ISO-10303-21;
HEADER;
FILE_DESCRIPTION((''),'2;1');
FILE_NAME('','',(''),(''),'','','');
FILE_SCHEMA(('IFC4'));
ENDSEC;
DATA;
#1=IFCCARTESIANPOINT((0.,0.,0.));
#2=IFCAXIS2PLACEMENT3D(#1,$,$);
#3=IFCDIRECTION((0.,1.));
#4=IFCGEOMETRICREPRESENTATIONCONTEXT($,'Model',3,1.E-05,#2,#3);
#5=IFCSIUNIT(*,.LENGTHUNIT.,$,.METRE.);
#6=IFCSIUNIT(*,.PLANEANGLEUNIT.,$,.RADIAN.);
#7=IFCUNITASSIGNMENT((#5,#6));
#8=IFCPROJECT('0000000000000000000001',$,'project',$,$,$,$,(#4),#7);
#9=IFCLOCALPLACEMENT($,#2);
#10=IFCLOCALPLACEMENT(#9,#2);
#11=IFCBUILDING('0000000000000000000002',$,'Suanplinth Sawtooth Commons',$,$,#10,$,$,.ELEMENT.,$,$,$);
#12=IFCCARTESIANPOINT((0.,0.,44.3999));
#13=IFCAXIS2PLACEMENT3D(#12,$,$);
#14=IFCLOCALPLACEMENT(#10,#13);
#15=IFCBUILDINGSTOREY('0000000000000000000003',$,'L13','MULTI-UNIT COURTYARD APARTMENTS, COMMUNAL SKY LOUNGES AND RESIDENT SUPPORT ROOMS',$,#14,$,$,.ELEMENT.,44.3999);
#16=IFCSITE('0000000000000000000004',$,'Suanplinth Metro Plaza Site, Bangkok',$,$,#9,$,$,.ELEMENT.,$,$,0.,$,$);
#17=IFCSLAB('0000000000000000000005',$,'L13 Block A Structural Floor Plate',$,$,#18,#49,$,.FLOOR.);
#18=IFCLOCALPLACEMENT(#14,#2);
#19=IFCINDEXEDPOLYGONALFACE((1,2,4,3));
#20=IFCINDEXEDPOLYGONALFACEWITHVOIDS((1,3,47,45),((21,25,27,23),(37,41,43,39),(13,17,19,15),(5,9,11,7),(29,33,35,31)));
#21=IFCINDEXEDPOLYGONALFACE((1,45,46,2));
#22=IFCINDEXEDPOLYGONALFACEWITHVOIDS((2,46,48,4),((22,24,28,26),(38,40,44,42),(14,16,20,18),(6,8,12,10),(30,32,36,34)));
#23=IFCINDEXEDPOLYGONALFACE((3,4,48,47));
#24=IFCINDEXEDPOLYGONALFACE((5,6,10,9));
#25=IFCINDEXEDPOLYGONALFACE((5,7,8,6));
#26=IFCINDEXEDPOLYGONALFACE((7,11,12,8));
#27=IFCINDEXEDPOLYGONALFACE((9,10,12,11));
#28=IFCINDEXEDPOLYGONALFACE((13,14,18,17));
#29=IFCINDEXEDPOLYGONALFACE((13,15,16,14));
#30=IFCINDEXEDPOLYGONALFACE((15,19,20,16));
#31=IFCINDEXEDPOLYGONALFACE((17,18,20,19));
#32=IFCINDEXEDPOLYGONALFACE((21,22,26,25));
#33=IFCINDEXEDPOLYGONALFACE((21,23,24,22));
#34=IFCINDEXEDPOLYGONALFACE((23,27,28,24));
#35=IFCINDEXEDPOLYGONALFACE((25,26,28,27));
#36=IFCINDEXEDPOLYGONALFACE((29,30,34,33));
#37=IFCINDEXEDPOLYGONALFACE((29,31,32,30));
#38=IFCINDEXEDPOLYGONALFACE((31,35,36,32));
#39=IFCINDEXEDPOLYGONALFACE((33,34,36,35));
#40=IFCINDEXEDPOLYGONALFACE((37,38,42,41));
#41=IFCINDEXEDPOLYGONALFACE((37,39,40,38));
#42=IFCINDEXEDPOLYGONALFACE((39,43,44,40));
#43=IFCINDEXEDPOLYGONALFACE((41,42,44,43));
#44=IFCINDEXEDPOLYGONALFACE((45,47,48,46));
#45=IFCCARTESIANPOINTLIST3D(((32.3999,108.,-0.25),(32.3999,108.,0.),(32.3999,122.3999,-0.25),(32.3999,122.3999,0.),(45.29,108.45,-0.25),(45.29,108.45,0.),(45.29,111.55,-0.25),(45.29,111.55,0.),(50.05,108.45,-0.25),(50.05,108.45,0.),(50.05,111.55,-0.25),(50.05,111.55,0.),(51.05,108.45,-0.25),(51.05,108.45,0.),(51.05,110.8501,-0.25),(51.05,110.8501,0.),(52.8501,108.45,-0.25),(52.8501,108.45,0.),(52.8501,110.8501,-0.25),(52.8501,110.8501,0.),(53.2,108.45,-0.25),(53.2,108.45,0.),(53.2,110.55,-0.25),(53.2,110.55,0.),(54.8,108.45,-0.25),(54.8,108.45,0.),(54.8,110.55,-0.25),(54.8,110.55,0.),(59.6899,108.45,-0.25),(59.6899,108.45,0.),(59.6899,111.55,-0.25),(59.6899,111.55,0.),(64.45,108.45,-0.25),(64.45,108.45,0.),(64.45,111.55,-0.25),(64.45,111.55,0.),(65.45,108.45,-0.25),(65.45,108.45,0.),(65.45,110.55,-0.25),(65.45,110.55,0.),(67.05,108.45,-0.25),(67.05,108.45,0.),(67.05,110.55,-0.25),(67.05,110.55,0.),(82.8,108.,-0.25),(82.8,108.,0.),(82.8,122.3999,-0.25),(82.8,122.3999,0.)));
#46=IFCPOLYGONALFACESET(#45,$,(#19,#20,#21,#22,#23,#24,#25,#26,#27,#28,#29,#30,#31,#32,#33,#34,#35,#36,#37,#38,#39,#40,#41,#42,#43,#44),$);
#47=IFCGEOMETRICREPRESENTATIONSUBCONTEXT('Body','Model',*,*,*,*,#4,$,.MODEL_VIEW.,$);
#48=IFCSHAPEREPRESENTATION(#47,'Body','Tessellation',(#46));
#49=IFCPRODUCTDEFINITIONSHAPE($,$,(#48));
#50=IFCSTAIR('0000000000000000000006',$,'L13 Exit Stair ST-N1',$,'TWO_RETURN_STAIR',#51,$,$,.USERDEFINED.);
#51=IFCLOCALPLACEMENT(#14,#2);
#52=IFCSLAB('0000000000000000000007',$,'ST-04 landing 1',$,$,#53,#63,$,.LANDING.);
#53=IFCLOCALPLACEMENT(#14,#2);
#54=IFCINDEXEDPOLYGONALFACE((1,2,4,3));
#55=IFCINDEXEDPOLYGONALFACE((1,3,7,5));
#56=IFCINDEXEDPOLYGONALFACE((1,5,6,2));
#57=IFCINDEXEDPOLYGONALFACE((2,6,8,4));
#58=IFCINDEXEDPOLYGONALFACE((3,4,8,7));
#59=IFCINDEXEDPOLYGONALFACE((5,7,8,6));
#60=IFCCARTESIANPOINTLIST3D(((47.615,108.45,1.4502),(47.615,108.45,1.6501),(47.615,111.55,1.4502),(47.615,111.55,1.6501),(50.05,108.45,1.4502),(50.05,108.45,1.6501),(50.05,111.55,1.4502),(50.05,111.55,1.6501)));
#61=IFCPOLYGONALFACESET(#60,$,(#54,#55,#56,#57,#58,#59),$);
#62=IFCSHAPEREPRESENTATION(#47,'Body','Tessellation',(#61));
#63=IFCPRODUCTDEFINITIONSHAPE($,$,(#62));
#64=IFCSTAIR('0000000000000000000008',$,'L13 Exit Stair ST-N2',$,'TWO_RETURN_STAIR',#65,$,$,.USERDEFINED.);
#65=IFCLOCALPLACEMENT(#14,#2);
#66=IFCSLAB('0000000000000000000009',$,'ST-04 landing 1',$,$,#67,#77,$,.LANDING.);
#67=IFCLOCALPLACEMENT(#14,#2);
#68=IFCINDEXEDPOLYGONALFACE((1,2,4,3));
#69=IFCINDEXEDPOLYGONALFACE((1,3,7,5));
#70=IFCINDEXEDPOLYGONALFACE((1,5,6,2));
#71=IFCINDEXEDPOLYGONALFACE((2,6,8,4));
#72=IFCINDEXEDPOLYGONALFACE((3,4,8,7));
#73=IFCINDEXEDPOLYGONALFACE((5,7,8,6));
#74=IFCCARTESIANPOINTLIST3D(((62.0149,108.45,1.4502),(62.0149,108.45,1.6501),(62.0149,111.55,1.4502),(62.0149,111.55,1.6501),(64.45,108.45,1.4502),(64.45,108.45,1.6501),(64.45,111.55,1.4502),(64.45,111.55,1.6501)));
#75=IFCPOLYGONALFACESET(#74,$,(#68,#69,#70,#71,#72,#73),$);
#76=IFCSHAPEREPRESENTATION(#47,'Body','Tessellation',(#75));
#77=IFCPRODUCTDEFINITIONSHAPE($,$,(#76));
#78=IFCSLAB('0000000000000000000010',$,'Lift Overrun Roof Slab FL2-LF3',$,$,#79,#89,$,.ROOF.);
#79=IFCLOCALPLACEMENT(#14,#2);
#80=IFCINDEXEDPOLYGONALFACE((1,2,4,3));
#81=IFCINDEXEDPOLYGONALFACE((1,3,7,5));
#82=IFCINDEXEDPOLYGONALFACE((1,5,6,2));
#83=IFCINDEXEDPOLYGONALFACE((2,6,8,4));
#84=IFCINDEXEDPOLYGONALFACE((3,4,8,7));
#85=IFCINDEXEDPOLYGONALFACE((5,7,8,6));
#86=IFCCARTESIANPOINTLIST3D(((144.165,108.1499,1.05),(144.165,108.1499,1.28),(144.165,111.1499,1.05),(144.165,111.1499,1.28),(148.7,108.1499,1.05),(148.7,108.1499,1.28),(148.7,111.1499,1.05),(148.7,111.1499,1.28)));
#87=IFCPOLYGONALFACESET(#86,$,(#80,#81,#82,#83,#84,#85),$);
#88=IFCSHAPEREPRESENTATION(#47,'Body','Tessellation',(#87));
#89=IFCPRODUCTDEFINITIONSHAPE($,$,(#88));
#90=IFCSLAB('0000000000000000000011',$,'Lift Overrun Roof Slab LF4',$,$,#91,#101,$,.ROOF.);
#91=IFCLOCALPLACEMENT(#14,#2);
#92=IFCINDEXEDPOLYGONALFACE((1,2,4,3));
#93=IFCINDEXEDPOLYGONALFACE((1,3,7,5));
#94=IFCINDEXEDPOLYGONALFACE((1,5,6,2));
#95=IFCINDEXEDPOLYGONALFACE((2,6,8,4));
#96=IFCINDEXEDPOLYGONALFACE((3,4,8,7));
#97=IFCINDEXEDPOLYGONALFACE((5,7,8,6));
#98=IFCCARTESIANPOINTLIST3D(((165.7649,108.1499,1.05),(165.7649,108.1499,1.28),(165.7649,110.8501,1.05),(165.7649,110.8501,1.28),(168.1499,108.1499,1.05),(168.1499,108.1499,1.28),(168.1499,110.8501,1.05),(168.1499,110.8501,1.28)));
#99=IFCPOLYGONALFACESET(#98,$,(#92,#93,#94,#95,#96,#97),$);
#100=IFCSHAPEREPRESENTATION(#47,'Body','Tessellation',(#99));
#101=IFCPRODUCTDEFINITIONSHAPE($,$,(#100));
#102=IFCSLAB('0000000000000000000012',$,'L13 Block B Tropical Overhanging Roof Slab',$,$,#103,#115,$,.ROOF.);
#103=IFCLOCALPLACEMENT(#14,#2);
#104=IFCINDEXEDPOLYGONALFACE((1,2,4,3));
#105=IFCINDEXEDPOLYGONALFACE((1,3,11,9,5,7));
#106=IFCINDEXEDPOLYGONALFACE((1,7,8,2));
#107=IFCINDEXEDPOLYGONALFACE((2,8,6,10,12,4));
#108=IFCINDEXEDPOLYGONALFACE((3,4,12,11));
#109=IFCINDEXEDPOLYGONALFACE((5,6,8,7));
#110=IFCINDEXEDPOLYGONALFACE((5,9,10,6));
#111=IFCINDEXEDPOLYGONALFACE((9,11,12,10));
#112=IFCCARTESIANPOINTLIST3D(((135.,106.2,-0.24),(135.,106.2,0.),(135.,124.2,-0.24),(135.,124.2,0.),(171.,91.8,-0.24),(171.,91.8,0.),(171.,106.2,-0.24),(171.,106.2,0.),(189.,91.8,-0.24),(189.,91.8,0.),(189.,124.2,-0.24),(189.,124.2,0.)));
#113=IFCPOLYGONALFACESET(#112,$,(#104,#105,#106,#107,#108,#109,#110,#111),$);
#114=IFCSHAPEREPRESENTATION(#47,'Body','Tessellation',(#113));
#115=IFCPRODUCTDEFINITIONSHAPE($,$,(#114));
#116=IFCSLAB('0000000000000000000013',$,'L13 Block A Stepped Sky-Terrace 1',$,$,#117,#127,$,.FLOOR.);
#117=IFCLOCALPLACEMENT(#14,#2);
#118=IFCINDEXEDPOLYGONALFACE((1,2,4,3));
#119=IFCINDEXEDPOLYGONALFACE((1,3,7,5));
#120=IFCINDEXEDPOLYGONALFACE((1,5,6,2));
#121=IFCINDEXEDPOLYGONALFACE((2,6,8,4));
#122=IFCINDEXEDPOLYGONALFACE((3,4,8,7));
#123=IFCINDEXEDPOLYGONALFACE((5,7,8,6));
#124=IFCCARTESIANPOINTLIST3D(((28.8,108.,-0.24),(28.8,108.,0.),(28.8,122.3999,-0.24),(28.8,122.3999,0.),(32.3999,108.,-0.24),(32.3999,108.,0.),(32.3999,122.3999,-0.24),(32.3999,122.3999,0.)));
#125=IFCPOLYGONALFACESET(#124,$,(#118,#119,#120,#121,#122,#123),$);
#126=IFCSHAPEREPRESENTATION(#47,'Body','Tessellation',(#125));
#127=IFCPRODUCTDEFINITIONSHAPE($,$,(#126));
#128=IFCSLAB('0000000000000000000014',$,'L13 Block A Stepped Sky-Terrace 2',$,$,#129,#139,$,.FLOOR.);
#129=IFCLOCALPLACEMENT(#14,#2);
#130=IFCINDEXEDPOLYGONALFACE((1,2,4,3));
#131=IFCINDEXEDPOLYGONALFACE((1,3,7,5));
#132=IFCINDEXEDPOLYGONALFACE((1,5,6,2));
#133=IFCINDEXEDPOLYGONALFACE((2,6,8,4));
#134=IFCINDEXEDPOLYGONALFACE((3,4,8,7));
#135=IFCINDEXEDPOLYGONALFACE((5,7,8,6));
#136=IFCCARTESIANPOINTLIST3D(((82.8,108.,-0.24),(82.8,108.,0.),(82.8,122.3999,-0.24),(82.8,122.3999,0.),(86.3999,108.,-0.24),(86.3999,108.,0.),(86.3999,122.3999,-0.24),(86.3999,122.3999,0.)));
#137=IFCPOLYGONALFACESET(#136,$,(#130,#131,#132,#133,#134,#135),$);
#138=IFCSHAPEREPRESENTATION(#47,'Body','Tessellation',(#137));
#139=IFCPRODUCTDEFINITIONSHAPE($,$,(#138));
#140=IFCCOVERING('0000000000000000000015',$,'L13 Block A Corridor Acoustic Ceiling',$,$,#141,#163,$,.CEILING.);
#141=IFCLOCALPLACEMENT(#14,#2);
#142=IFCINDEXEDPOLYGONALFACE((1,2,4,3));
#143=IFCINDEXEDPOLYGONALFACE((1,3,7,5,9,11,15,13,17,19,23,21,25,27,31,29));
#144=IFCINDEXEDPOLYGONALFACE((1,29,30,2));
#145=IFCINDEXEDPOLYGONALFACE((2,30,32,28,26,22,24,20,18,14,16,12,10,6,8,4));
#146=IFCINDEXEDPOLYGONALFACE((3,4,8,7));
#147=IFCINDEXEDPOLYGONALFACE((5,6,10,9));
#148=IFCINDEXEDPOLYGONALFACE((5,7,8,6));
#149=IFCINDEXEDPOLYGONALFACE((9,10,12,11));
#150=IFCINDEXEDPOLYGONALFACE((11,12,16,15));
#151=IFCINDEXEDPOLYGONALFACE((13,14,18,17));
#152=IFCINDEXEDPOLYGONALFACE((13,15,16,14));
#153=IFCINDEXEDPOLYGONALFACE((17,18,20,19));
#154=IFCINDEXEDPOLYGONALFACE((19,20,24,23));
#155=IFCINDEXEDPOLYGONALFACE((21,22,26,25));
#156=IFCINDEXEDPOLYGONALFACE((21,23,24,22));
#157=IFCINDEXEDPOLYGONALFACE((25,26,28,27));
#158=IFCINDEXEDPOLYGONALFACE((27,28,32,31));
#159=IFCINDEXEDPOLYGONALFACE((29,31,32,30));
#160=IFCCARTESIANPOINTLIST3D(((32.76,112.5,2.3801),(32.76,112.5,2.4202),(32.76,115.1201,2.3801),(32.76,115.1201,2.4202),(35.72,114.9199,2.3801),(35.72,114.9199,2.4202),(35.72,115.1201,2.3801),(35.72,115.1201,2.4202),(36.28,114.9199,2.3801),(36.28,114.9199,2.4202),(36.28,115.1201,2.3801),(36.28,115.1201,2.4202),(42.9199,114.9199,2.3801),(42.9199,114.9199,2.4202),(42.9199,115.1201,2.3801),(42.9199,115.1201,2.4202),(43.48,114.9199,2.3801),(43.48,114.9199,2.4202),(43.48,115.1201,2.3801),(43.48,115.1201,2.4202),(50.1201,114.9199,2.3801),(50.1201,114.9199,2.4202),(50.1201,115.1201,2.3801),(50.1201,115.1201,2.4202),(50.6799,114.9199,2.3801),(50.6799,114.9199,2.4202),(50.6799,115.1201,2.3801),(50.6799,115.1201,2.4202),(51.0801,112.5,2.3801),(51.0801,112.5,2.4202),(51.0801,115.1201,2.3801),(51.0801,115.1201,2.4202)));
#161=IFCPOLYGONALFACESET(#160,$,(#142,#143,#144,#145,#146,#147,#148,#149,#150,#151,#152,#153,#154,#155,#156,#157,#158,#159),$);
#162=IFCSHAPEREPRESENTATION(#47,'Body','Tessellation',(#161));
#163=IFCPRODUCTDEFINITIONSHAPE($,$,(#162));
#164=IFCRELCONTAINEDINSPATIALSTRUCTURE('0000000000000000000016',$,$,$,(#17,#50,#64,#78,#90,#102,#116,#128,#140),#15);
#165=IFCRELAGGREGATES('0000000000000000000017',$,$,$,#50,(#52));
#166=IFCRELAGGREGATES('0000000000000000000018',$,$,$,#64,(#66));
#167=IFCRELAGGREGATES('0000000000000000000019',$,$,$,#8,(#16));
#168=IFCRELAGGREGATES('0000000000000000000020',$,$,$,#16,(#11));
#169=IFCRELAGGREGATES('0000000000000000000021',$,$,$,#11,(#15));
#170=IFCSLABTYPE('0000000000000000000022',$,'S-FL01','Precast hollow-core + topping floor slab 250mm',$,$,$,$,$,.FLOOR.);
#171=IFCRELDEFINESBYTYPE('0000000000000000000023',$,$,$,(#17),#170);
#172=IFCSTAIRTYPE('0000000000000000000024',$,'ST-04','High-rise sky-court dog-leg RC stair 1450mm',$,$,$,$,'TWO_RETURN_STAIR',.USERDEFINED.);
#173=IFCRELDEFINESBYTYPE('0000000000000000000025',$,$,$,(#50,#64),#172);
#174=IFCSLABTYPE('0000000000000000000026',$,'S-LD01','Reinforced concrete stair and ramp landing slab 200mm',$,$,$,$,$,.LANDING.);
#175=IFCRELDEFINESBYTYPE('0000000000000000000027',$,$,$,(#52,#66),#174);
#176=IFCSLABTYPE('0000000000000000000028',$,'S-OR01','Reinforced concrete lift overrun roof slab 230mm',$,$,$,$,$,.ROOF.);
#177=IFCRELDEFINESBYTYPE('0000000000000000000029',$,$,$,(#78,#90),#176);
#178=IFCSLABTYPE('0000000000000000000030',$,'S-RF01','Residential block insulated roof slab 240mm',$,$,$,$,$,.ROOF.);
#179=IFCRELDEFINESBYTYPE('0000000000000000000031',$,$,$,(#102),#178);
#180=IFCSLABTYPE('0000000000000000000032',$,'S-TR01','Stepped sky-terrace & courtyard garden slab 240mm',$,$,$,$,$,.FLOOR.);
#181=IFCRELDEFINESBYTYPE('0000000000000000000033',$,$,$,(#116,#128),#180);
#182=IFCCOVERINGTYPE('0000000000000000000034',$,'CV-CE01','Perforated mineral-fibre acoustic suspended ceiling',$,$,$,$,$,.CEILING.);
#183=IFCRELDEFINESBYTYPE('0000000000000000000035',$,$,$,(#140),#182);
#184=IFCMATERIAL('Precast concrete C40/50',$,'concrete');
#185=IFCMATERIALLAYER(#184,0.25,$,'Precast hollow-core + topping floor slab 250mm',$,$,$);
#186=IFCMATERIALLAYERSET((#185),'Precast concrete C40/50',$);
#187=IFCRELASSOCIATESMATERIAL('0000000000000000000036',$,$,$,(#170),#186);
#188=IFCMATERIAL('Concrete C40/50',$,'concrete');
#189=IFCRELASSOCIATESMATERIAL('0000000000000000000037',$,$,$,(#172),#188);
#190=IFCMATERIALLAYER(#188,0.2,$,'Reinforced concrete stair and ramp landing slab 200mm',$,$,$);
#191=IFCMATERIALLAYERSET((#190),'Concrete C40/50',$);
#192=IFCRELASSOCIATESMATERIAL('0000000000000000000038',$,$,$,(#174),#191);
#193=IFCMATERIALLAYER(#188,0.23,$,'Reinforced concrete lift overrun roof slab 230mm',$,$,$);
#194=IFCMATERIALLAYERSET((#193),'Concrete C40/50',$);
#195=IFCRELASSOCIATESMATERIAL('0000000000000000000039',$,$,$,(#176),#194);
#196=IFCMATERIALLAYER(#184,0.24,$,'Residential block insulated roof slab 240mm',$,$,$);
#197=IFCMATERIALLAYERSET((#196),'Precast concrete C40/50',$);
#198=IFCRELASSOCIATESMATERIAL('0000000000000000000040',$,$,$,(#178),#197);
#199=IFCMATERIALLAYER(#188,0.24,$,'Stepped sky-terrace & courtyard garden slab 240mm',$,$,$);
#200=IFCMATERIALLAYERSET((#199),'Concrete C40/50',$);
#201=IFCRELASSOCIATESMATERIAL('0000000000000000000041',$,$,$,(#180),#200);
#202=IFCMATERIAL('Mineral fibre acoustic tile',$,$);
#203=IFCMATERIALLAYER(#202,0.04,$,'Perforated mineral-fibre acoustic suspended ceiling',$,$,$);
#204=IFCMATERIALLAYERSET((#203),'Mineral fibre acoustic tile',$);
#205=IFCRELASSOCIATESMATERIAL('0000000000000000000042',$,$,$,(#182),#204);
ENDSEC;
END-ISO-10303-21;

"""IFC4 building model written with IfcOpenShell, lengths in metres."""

from ifc_helpers import new_model, si_unit, direction, frame, origin, place, context, subcontext, project, spatial, polyline, outline, extrude, material, layer, layer_set, type_object, element, aggregate, save


model = new_model("IFC4")

# Units and contexts
model_context = context("Model", 3, precision=1e-05, world=origin(), true_north=direction((0.0, 1.0)))
body_context = subcontext(model_context, "Body", "Model", "MODEL_VIEW")
ifc_project = project(units=[si_unit("LENGTHUNIT", "METRE"), si_unit("PLANEANGLEUNIT", "RADIAN")], contexts=[model_context])

# Site, building, storey
site_placement = place(None, origin())
site = spatial("IfcSite", under=ifc_project, at=site_placement, Name="Suanplinth Metro Plaza Site, Bangkok", CompositionType="ELEMENT", RefElevation=0.0)
building_placement = place(site_placement, origin())
building = spatial("IfcBuilding", under=site, at=building_placement, Name="Suanplinth Sawtooth Commons", CompositionType="ELEMENT")
storey_placement = place(building_placement, frame((0.0, 0.0, 44.3999)))
storey = spatial("IfcBuildingStorey", under=building, at=storey_placement, Name="L13", Description="MULTI-UNIT COURTYARD APARTMENTS, COMMUNAL SKY LOUNGES AND RESIDENT SUPPORT ROOMS", CompositionType="ELEMENT", Elevation=44.3999)

# Shared definitions
ifc_material_1 = material(Name="Precast concrete C40/50", Category="concrete")

# Slab
ifc_layer_1 = layer(ifc_material_1, 0.25, Name="Precast hollow-core + topping floor slab 250mm")
ifc_layer_set_1 = layer_set([ifc_layer_1], Name="Precast concrete C40/50")
slab_type_1 = type_object("IfcSlabType", Name="S-FL01", Description="Precast hollow-core + topping floor slab 250mm", PredefinedType="FLOOR", material=ifc_layer_set_1)
slab_1_placement = place(storey_placement, frame((0.0, 0.0, -0.25)))
element("IfcSlab", 1, at=slab_1_placement, inside=storey, type_object=slab_type_1, Name="L13 Block A Structural Floor Plate", PredefinedType="FLOOR", context=body_context, shape_type="SweptSolid", body=[
    extrude(outline(polyline([(32.3999, 108.0), (82.8, 108.0), (82.8, 122.3999), (32.3999, 122.3999), (32.3999, 108.0)]), holes=[polyline([(45.29, 108.45), (50.05, 108.45), (50.05, 111.55), (45.29, 111.55), (45.29, 108.45)]), polyline([(51.05, 108.45), (52.8501, 108.45), (52.8501, 110.8501), (51.05, 110.8501), (51.05, 108.45)]), polyline([(53.2, 108.45), (54.8, 108.45), (54.8, 110.55), (53.2, 110.55), (53.2, 108.45)]), polyline([(59.6899, 108.45), (64.45, 108.45), (64.45, 111.55), (59.6899, 111.55), (59.6899, 108.45)]), polyline([(65.45, 108.45), (67.05, 108.45), (67.05, 110.55), (65.45, 110.55), (65.45, 108.45)])]), origin(), (0.0, 0.0, 1.0), 0.25),
])

# Stairs, slabs
ifc_material_2 = material(Name="Concrete C40/50", Category="concrete")
stair_type = type_object("IfcStairType", Name="ST-04", Description="High-rise sky-court dog-leg RC stair 1450mm", ElementType="TWO_RETURN_STAIR", PredefinedType="USERDEFINED", material=ifc_material_2)
stair_1_placement = place(storey_placement, origin())
stair_1 = element("IfcStair", 2, at=stair_1_placement, inside=storey, type_object=stair_type, Name="L13 Exit Stair ST-N1", ObjectType="TWO_RETURN_STAIR", PredefinedType="USERDEFINED")
ifc_layer_2 = layer(ifc_material_2, 0.2, Name="Reinforced concrete stair and ramp landing slab 200mm")
ifc_layer_set_2 = layer_set([ifc_layer_2], Name="Concrete C40/50")
slab_type_2 = type_object("IfcSlabType", Name="S-LD01", Description="Reinforced concrete stair and ramp landing slab 200mm", PredefinedType="LANDING", material=ifc_layer_set_2)
slab_2_placement = place(storey_placement, frame((0.0, 0.0, 1.4502)))
slab_2 = element("IfcSlab", 3, at=slab_2_placement, type_object=slab_type_2, Name="ST-04 landing 1", PredefinedType="LANDING", context=body_context, shape_type="SweptSolid", body=[
    extrude(outline(polyline([(47.615, 108.45), (50.05, 108.45), (50.05, 111.55), (47.615, 111.55), (47.615, 108.45)])), origin(), (0.0, 0.0, 1.0), 0.2),
])
aggregate(stair_1, [slab_2])
stair_2_placement = place(storey_placement, origin())
stair_2 = element("IfcStair", 4, at=stair_2_placement, inside=storey, type_object=stair_type, Name="L13 Exit Stair ST-N2", ObjectType="TWO_RETURN_STAIR", PredefinedType="USERDEFINED")
slab_3_placement = place(storey_placement, frame((0.0, 0.0, 1.4502)))
slab_3 = element("IfcSlab", 5, at=slab_3_placement, type_object=slab_type_2, Name="ST-04 landing 1", PredefinedType="LANDING", context=body_context, shape_type="SweptSolid", body=[
    extrude(outline(polyline([(62.0149, 108.45), (64.45, 108.45), (64.45, 111.55), (62.0149, 111.55), (62.0149, 108.45)])), origin(), (0.0, 0.0, 1.0), 0.2),
])
aggregate(stair_2, [slab_3])

# Slabs
ifc_layer_3 = layer(ifc_material_2, 0.23, Name="Reinforced concrete lift overrun roof slab 230mm")
ifc_layer_set_3 = layer_set([ifc_layer_3], Name="Concrete C40/50")
slab_type_3 = type_object("IfcSlabType", Name="S-OR01", Description="Reinforced concrete lift overrun roof slab 230mm", PredefinedType="ROOF", material=ifc_layer_set_3)
slab_4_placement = place(storey_placement, frame((0.0, 0.0, 1.05)))
element("IfcSlab", 6, at=slab_4_placement, inside=storey, type_object=slab_type_3, Name="Lift Overrun Roof Slab FL2-LF3", PredefinedType="ROOF", context=body_context, shape_type="SweptSolid", body=[
    extrude(outline(polyline([(144.165, 108.1499), (148.7, 108.1499), (148.7, 111.1499), (144.165, 111.1499), (144.165, 108.1499)])), origin(), (0.0, 0.0, 1.0), 0.23),
])
slab_5_placement = place(storey_placement, frame((0.0, 0.0, 1.05)))
element("IfcSlab", 7, at=slab_5_placement, inside=storey, type_object=slab_type_3, Name="Lift Overrun Roof Slab LF4", PredefinedType="ROOF", context=body_context, shape_type="SweptSolid", body=[
    extrude(outline(polyline([(165.7649, 108.1499), (168.1499, 108.1499), (168.1499, 110.8501), (165.7649, 110.8501), (165.7649, 108.1499)])), origin(), (0.0, 0.0, 1.0), 0.23),
])
ifc_layer_4 = layer(ifc_material_1, 0.24, Name="Residential block insulated roof slab 240mm")
ifc_layer_set_4 = layer_set([ifc_layer_4], Name="Precast concrete C40/50")
slab_type_4 = type_object("IfcSlabType", Name="S-RF01", Description="Residential block insulated roof slab 240mm", PredefinedType="ROOF", material=ifc_layer_set_4)
slab_6_placement = place(storey_placement, frame((0.0, 0.0, -0.24)))
element("IfcSlab", 8, at=slab_6_placement, inside=storey, type_object=slab_type_4, Name="L13 Block B Tropical Overhanging Roof Slab", PredefinedType="ROOF", context=body_context, shape_type="SweptSolid", body=[
    extrude(outline(polyline([(171.0, 106.2), (135.0, 106.2), (135.0, 124.2), (189.0, 124.2), (189.0, 91.8), (171.0, 91.8), (171.0, 106.2)])), origin(), (0.0, 0.0, 1.0), 0.24),
])
ifc_layer_5 = layer(ifc_material_2, 0.24, Name="Stepped sky-terrace & courtyard garden slab 240mm")
ifc_layer_set_5 = layer_set([ifc_layer_5], Name="Concrete C40/50")
slab_type_5 = type_object("IfcSlabType", Name="S-TR01", Description="Stepped sky-terrace & courtyard garden slab 240mm", PredefinedType="FLOOR", material=ifc_layer_set_5)
slab_7_placement = place(storey_placement, frame((0.0, 0.0, -0.24)))
element("IfcSlab", 9, at=slab_7_placement, inside=storey, type_object=slab_type_5, Name="L13 Block A Stepped Sky-Terrace 1", PredefinedType="FLOOR", context=body_context, shape_type="SweptSolid", body=[
    extrude(outline(polyline([(28.8, 108.0), (28.8, 122.3999), (32.3999, 122.3999), (32.3999, 108.0), (28.8, 108.0)])), origin(), (0.0, 0.0, 1.0), 0.24),
])
slab_8_placement = place(storey_placement, frame((0.0, 0.0, -0.24)))
element("IfcSlab", 10, at=slab_8_placement, inside=storey, type_object=slab_type_5, Name="L13 Block A Stepped Sky-Terrace 2", PredefinedType="FLOOR", context=body_context, shape_type="SweptSolid", body=[
    extrude(outline(polyline([(86.3999, 122.3999), (86.3999, 108.0), (82.8, 108.0), (82.8, 122.3999), (86.3999, 122.3999)])), origin(), (0.0, 0.0, 1.0), 0.24),
])

# Covering
ifc_material_3 = material(Name="Mineral fibre acoustic tile")
ifc_layer_6 = layer(ifc_material_3, 0.04, Name="Perforated mineral-fibre acoustic suspended ceiling")
ifc_layer_set_6 = layer_set([ifc_layer_6], Name="Mineral fibre acoustic tile")
covering_type = type_object("IfcCoveringType", Name="CV-CE01", Description="Perforated mineral-fibre acoustic suspended ceiling", PredefinedType="CEILING", material=ifc_layer_set_6)
covering_placement = place(storey_placement, frame((0.0, 0.0, 2.3801)))
element("IfcCovering", 11, at=covering_placement, inside=storey, type_object=covering_type, Name="L13 Block A Corridor Acoustic Ceiling", PredefinedType="CEILING", context=body_context, shape_type="SweptSolid", body=[
    extrude(outline(polyline([(32.76, 112.5), (32.76, 115.1201), (35.72, 115.1201), (35.72, 114.9199), (36.28, 114.9199), (36.28, 115.1201), (42.9199, 115.1201), (42.9199, 114.9199), (43.48, 114.9199), (43.48, 115.1201), (50.1201, 115.1201), (50.1201, 114.9199), (50.6799, 114.9199), (50.6799, 115.1201), (51.0801, 115.1201), (51.0801, 112.5), (32.76, 112.5)])), origin(), (0.0, 0.0, 1.0), 0.04),
])

save(model, "model.ifc")
